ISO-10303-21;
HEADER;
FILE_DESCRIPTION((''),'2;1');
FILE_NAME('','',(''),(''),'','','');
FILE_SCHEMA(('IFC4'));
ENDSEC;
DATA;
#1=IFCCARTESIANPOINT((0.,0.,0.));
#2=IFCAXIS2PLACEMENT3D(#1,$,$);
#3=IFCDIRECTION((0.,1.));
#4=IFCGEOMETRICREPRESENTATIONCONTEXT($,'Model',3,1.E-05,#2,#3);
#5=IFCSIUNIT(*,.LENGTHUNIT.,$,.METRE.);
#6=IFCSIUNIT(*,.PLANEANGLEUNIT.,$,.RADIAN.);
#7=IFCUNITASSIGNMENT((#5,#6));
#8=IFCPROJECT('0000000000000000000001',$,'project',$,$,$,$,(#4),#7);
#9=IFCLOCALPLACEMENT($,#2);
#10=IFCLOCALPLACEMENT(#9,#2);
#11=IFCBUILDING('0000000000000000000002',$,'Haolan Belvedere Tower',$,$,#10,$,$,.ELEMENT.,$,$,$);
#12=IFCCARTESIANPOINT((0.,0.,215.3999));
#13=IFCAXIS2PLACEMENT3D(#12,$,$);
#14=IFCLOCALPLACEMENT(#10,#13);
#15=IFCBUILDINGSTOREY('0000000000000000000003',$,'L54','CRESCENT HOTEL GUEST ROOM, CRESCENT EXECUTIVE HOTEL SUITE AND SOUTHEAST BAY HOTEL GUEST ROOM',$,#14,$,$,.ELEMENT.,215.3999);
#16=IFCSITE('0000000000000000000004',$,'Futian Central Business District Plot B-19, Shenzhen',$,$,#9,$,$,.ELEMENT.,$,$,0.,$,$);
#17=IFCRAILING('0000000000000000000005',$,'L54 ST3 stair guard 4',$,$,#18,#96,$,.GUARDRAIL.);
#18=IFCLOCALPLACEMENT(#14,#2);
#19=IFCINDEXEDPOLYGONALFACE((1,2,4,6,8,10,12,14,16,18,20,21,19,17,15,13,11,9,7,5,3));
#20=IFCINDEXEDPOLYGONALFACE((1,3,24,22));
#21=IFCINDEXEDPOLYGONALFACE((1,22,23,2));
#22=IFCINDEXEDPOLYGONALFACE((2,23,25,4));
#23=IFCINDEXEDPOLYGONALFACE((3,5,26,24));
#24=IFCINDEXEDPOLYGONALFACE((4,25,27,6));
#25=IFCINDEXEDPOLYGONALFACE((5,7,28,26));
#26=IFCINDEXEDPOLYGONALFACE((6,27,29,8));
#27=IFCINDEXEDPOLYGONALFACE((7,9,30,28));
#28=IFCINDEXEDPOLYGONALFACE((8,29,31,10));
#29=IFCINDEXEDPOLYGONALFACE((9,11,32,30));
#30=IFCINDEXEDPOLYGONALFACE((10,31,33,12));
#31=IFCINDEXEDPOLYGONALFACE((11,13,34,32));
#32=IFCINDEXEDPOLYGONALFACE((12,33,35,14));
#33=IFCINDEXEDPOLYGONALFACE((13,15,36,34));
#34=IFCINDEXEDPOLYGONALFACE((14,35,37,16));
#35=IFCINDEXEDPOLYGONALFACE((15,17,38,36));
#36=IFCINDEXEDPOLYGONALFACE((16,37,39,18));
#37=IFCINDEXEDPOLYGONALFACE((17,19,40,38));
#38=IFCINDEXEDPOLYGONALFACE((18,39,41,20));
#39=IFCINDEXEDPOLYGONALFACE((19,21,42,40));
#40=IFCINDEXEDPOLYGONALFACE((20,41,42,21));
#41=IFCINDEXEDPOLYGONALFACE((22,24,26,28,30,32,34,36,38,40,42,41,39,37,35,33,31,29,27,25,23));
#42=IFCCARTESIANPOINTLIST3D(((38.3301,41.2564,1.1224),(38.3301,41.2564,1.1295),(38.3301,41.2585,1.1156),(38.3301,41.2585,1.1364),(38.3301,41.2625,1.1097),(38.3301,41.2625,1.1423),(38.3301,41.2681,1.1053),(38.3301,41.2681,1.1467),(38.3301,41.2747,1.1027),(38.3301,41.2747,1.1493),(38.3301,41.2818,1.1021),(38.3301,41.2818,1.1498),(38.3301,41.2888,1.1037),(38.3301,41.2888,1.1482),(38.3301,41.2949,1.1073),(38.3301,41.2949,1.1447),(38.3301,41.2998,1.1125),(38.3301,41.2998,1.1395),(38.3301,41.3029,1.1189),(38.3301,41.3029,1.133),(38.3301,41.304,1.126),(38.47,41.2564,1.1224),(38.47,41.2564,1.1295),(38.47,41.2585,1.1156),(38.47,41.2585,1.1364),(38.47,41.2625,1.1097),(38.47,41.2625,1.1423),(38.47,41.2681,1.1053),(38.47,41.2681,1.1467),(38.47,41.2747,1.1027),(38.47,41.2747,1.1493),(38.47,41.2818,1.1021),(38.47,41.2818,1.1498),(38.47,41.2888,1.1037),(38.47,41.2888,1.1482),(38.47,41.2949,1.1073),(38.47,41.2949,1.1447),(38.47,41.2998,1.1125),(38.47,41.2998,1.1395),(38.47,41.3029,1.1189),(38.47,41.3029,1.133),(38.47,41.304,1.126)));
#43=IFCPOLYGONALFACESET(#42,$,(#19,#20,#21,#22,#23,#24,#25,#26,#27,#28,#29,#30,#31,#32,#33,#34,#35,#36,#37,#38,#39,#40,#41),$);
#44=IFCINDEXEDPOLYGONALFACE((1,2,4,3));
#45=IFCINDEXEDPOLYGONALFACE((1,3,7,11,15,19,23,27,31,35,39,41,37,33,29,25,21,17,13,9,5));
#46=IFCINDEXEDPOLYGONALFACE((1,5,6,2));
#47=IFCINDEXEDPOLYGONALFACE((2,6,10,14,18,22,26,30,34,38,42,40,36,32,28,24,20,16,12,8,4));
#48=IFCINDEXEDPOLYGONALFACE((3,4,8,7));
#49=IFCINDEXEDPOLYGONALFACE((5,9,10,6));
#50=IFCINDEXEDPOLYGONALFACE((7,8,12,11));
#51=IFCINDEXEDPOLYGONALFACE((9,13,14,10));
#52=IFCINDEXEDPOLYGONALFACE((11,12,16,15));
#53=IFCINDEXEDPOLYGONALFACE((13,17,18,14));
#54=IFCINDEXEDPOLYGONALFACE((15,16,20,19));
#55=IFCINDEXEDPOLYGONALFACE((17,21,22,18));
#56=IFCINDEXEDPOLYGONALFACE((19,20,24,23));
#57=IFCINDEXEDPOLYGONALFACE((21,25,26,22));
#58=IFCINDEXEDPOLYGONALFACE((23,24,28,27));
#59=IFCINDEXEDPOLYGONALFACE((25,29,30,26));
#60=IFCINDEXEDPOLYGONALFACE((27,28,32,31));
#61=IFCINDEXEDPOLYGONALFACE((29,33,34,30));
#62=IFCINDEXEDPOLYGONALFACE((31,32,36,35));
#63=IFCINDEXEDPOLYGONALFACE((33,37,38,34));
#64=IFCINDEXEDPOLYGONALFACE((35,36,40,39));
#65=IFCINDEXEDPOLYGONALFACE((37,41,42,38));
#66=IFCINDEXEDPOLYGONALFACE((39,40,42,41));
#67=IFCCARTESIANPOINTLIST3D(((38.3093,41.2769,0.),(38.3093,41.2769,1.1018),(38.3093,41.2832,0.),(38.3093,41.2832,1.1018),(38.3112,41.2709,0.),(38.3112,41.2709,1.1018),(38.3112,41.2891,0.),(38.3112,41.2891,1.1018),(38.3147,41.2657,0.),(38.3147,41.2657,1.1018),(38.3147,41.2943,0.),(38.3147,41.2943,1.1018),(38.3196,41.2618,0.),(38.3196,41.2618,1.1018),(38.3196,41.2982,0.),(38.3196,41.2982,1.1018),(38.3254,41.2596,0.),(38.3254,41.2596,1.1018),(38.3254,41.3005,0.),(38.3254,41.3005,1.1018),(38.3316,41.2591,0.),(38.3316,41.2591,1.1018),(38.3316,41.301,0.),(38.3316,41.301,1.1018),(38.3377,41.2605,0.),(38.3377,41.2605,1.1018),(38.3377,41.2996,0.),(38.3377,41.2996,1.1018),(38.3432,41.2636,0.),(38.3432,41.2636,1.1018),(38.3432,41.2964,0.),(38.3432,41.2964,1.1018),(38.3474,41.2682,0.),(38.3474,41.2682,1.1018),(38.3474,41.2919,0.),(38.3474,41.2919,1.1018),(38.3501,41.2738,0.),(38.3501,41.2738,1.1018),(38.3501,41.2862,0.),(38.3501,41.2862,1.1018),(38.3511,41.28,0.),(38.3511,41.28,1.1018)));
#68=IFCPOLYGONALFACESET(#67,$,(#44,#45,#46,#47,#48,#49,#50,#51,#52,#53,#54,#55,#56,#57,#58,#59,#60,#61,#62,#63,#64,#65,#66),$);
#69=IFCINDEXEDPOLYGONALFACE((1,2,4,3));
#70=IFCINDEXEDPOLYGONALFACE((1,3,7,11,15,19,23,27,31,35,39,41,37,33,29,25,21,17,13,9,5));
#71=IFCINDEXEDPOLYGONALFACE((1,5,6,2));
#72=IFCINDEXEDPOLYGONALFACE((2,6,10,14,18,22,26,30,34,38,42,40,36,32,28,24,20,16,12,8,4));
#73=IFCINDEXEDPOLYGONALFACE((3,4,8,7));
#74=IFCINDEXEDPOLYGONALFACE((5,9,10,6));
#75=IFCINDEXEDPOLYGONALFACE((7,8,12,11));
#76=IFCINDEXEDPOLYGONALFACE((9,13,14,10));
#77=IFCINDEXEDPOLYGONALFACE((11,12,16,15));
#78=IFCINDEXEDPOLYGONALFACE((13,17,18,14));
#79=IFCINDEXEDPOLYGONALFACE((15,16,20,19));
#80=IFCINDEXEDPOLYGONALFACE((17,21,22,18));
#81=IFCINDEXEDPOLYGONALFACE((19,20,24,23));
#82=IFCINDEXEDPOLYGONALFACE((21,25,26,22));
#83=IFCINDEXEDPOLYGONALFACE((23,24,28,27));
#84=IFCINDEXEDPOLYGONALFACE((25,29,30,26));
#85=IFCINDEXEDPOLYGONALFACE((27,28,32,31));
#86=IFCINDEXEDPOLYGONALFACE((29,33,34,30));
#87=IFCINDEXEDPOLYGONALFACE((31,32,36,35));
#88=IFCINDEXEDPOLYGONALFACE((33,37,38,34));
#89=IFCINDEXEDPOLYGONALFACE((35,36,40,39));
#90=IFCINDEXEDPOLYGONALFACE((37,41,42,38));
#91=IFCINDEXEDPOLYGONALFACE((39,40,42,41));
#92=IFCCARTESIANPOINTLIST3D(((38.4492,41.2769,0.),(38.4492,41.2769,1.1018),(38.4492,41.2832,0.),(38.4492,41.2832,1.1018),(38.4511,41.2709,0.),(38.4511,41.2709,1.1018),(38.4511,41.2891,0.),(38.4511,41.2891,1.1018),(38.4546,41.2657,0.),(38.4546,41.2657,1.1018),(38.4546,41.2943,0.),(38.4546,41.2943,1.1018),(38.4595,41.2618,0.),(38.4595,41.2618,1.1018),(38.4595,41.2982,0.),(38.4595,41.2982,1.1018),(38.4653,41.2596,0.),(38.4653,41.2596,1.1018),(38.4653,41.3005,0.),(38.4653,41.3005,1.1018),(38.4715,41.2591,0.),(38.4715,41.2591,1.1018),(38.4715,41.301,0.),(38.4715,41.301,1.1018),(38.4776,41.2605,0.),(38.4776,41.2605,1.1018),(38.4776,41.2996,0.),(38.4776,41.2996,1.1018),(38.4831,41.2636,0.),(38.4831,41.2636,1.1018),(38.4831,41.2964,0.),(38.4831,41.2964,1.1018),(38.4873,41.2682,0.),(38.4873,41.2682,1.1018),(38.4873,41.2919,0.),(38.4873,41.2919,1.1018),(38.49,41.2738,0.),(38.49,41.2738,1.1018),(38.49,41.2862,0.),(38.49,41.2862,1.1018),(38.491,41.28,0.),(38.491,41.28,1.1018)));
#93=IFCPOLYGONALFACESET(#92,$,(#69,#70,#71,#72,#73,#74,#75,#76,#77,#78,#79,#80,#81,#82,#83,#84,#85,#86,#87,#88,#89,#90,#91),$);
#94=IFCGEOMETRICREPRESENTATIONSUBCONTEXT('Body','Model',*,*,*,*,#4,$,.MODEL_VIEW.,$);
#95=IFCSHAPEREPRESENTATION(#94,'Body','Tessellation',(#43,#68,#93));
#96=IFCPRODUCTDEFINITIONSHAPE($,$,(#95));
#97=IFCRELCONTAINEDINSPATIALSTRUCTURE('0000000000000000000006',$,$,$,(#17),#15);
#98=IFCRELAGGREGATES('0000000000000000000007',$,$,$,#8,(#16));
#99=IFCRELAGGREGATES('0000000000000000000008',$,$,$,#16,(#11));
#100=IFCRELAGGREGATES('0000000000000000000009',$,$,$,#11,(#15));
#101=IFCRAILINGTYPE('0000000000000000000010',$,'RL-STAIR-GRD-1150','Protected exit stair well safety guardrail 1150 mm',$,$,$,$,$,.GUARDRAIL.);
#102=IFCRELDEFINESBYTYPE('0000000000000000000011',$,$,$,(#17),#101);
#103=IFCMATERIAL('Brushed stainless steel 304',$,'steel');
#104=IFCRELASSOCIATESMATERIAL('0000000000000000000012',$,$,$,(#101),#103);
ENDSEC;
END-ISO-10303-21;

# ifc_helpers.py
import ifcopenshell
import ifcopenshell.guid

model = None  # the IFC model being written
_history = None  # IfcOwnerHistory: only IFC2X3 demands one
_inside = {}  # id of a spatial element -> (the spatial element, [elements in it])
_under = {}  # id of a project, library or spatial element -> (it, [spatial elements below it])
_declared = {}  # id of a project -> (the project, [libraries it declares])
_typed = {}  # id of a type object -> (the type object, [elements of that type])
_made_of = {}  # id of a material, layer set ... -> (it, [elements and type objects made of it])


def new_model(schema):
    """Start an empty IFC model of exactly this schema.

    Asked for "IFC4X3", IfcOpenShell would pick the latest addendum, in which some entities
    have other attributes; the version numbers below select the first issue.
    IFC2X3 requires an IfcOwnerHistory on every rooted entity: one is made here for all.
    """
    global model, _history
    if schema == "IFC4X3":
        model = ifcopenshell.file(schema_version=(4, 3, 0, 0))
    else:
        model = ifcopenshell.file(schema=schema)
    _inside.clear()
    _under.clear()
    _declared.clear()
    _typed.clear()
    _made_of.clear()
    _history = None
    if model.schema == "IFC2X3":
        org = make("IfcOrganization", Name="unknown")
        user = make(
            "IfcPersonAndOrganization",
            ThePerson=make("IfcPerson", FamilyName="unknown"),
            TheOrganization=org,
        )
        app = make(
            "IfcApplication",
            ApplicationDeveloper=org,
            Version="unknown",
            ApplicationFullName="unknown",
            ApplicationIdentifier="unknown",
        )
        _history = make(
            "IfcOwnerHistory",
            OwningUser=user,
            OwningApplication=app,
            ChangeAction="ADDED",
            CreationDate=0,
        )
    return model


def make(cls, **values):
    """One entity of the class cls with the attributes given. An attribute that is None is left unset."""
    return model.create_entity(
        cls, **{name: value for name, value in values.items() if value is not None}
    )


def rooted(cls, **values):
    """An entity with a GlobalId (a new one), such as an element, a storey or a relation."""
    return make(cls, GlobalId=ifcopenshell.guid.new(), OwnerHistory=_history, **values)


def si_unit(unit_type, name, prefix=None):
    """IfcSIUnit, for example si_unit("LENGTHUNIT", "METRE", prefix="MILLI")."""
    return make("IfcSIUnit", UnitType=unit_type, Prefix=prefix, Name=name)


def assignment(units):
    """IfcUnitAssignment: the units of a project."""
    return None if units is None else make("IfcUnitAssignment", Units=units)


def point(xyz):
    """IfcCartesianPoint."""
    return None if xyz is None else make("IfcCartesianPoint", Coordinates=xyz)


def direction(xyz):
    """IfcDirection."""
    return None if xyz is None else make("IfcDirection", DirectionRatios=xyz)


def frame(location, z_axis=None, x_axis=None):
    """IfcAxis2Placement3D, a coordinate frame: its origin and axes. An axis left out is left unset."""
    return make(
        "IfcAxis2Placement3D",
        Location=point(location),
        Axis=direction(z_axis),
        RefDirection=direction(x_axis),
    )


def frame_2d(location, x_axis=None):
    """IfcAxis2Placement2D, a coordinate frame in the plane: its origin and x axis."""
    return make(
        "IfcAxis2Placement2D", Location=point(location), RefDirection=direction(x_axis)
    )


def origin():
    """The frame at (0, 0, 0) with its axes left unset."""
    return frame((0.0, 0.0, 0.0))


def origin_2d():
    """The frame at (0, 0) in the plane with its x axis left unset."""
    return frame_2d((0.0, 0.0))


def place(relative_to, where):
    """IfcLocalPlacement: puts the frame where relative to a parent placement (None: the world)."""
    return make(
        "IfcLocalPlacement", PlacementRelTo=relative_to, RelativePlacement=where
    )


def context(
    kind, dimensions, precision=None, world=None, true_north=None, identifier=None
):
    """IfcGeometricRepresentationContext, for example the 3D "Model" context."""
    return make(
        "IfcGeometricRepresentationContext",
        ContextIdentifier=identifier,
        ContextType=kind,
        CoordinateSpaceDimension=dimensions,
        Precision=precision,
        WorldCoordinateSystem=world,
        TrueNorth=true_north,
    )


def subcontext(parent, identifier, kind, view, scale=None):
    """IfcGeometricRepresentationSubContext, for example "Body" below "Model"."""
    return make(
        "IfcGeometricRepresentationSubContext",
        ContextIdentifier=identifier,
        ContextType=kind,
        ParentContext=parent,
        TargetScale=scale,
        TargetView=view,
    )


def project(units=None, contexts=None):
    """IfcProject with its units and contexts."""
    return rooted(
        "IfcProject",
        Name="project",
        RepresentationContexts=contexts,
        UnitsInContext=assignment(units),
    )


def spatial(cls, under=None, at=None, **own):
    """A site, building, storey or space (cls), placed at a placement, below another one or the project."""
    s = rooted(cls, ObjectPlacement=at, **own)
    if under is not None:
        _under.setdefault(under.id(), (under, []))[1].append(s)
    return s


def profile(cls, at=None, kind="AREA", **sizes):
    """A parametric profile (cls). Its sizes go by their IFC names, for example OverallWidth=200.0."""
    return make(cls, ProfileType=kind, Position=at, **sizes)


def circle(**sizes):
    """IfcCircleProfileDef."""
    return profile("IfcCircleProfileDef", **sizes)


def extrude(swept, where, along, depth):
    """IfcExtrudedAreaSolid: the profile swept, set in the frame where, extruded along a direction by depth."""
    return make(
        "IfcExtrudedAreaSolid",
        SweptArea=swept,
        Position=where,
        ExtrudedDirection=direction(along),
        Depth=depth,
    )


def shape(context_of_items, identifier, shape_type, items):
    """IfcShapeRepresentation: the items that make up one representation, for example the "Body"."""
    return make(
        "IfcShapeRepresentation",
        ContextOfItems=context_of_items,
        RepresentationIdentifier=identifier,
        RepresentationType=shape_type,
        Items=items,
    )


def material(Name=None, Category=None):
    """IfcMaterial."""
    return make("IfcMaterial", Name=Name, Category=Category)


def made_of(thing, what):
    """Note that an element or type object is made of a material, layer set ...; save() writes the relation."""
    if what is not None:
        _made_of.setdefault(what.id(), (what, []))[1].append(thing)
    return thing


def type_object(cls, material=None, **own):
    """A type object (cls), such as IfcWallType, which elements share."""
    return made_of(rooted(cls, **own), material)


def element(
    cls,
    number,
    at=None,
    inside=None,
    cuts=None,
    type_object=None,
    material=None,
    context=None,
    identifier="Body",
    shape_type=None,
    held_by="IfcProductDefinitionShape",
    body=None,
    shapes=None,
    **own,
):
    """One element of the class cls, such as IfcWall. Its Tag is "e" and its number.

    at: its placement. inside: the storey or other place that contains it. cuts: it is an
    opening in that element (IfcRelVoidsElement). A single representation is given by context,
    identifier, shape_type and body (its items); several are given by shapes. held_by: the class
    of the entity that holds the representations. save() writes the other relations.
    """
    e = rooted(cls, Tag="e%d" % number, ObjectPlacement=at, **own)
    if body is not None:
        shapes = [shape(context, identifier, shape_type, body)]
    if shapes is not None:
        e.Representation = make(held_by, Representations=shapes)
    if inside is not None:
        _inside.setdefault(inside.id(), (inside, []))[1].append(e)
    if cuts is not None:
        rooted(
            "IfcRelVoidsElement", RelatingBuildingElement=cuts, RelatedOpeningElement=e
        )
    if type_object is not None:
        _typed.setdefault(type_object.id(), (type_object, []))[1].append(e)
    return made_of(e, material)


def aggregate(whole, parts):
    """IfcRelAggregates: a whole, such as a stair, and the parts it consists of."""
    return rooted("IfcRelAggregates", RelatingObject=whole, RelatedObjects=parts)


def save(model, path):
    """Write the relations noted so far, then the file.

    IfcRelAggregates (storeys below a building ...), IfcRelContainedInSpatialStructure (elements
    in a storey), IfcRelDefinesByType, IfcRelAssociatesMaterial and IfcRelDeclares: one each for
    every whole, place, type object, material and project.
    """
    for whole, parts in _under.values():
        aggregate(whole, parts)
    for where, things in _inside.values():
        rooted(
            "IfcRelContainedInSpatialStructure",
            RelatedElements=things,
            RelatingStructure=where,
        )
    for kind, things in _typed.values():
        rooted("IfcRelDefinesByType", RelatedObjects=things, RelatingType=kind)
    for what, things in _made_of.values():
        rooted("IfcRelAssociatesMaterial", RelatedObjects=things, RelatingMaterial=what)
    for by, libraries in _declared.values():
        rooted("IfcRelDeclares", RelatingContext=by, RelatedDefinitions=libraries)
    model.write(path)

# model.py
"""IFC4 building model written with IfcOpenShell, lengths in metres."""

from ifc_helpers import new_model, si_unit, direction, frame, origin, origin_2d, place, context, subcontext, project, spatial, circle, extrude, material, type_object, element, save


model = new_model("IFC4")

# Units and contexts
model_context = context("Model", 3, precision=1e-05, world=origin(), true_north=direction((0.0, 1.0)))
body_context = subcontext(model_context, "Body", "Model", "MODEL_VIEW")
ifc_project = project(units=[si_unit("LENGTHUNIT", "METRE"), si_unit("PLANEANGLEUNIT", "RADIAN")], contexts=[model_context])

# Site, building, storey
site_placement = place(None, origin())
site = spatial("IfcSite", under=ifc_project, at=site_placement, Name="Futian Central Business District Plot B-19, Shenzhen", CompositionType="ELEMENT", RefElevation=0.0)
building_placement = place(site_placement, origin())
building = spatial("IfcBuilding", under=site, at=building_placement, Name="Haolan Belvedere Tower", CompositionType="ELEMENT")
storey_placement = place(building_placement, frame((0.0, 0.0, 215.3999)))
storey = spatial("IfcBuildingStorey", under=building, at=storey_placement, Name="L54", Description="CRESCENT HOTEL GUEST ROOM, CRESCENT EXECUTIVE HOTEL SUITE AND SOUTHEAST BAY HOTEL GUEST ROOM", CompositionType="ELEMENT", Elevation=215.3999)

# Railing
ifc_material_1 = material(Name="Brushed stainless steel 304", Category="steel")
railing_type_1 = type_object("IfcRailingType", Name="RL-STAIR-GRD-1150", Description="Protected exit stair well safety guardrail 1150 mm", PredefinedType="GUARDRAIL", material=ifc_material_1)
railing_1_placement = place(storey_placement, frame((38.3301, 41.28, 0.0)))
element("IfcRailing", 1, at=railing_1_placement, inside=storey, type_object=railing_type_1, Name="L54 ST3 stair guard 4", PredefinedType="GUARDRAIL", context=body_context, shape_type="SweptSolid", body=[
    extrude(circle(Radius=0.0239, at=origin_2d()), frame((0.0, 0.0, 1.126), z_axis=(1.0, 0.0, 0.0), x_axis=(0.0, 1.0, 0.0)), (0.0, 0.0, 1.0), 0.1399),
    extrude(circle(Radius=0.021, at=origin_2d()), origin(), (0.0, 0.0, 1.0), 1.1018),
    extrude(circle(Radius=0.021, at=origin_2d()), frame((0.1399, 0.0, 0.0)), (0.0, 0.0, 1.0), 1.1018),
])

save(model, "model.ifc")
